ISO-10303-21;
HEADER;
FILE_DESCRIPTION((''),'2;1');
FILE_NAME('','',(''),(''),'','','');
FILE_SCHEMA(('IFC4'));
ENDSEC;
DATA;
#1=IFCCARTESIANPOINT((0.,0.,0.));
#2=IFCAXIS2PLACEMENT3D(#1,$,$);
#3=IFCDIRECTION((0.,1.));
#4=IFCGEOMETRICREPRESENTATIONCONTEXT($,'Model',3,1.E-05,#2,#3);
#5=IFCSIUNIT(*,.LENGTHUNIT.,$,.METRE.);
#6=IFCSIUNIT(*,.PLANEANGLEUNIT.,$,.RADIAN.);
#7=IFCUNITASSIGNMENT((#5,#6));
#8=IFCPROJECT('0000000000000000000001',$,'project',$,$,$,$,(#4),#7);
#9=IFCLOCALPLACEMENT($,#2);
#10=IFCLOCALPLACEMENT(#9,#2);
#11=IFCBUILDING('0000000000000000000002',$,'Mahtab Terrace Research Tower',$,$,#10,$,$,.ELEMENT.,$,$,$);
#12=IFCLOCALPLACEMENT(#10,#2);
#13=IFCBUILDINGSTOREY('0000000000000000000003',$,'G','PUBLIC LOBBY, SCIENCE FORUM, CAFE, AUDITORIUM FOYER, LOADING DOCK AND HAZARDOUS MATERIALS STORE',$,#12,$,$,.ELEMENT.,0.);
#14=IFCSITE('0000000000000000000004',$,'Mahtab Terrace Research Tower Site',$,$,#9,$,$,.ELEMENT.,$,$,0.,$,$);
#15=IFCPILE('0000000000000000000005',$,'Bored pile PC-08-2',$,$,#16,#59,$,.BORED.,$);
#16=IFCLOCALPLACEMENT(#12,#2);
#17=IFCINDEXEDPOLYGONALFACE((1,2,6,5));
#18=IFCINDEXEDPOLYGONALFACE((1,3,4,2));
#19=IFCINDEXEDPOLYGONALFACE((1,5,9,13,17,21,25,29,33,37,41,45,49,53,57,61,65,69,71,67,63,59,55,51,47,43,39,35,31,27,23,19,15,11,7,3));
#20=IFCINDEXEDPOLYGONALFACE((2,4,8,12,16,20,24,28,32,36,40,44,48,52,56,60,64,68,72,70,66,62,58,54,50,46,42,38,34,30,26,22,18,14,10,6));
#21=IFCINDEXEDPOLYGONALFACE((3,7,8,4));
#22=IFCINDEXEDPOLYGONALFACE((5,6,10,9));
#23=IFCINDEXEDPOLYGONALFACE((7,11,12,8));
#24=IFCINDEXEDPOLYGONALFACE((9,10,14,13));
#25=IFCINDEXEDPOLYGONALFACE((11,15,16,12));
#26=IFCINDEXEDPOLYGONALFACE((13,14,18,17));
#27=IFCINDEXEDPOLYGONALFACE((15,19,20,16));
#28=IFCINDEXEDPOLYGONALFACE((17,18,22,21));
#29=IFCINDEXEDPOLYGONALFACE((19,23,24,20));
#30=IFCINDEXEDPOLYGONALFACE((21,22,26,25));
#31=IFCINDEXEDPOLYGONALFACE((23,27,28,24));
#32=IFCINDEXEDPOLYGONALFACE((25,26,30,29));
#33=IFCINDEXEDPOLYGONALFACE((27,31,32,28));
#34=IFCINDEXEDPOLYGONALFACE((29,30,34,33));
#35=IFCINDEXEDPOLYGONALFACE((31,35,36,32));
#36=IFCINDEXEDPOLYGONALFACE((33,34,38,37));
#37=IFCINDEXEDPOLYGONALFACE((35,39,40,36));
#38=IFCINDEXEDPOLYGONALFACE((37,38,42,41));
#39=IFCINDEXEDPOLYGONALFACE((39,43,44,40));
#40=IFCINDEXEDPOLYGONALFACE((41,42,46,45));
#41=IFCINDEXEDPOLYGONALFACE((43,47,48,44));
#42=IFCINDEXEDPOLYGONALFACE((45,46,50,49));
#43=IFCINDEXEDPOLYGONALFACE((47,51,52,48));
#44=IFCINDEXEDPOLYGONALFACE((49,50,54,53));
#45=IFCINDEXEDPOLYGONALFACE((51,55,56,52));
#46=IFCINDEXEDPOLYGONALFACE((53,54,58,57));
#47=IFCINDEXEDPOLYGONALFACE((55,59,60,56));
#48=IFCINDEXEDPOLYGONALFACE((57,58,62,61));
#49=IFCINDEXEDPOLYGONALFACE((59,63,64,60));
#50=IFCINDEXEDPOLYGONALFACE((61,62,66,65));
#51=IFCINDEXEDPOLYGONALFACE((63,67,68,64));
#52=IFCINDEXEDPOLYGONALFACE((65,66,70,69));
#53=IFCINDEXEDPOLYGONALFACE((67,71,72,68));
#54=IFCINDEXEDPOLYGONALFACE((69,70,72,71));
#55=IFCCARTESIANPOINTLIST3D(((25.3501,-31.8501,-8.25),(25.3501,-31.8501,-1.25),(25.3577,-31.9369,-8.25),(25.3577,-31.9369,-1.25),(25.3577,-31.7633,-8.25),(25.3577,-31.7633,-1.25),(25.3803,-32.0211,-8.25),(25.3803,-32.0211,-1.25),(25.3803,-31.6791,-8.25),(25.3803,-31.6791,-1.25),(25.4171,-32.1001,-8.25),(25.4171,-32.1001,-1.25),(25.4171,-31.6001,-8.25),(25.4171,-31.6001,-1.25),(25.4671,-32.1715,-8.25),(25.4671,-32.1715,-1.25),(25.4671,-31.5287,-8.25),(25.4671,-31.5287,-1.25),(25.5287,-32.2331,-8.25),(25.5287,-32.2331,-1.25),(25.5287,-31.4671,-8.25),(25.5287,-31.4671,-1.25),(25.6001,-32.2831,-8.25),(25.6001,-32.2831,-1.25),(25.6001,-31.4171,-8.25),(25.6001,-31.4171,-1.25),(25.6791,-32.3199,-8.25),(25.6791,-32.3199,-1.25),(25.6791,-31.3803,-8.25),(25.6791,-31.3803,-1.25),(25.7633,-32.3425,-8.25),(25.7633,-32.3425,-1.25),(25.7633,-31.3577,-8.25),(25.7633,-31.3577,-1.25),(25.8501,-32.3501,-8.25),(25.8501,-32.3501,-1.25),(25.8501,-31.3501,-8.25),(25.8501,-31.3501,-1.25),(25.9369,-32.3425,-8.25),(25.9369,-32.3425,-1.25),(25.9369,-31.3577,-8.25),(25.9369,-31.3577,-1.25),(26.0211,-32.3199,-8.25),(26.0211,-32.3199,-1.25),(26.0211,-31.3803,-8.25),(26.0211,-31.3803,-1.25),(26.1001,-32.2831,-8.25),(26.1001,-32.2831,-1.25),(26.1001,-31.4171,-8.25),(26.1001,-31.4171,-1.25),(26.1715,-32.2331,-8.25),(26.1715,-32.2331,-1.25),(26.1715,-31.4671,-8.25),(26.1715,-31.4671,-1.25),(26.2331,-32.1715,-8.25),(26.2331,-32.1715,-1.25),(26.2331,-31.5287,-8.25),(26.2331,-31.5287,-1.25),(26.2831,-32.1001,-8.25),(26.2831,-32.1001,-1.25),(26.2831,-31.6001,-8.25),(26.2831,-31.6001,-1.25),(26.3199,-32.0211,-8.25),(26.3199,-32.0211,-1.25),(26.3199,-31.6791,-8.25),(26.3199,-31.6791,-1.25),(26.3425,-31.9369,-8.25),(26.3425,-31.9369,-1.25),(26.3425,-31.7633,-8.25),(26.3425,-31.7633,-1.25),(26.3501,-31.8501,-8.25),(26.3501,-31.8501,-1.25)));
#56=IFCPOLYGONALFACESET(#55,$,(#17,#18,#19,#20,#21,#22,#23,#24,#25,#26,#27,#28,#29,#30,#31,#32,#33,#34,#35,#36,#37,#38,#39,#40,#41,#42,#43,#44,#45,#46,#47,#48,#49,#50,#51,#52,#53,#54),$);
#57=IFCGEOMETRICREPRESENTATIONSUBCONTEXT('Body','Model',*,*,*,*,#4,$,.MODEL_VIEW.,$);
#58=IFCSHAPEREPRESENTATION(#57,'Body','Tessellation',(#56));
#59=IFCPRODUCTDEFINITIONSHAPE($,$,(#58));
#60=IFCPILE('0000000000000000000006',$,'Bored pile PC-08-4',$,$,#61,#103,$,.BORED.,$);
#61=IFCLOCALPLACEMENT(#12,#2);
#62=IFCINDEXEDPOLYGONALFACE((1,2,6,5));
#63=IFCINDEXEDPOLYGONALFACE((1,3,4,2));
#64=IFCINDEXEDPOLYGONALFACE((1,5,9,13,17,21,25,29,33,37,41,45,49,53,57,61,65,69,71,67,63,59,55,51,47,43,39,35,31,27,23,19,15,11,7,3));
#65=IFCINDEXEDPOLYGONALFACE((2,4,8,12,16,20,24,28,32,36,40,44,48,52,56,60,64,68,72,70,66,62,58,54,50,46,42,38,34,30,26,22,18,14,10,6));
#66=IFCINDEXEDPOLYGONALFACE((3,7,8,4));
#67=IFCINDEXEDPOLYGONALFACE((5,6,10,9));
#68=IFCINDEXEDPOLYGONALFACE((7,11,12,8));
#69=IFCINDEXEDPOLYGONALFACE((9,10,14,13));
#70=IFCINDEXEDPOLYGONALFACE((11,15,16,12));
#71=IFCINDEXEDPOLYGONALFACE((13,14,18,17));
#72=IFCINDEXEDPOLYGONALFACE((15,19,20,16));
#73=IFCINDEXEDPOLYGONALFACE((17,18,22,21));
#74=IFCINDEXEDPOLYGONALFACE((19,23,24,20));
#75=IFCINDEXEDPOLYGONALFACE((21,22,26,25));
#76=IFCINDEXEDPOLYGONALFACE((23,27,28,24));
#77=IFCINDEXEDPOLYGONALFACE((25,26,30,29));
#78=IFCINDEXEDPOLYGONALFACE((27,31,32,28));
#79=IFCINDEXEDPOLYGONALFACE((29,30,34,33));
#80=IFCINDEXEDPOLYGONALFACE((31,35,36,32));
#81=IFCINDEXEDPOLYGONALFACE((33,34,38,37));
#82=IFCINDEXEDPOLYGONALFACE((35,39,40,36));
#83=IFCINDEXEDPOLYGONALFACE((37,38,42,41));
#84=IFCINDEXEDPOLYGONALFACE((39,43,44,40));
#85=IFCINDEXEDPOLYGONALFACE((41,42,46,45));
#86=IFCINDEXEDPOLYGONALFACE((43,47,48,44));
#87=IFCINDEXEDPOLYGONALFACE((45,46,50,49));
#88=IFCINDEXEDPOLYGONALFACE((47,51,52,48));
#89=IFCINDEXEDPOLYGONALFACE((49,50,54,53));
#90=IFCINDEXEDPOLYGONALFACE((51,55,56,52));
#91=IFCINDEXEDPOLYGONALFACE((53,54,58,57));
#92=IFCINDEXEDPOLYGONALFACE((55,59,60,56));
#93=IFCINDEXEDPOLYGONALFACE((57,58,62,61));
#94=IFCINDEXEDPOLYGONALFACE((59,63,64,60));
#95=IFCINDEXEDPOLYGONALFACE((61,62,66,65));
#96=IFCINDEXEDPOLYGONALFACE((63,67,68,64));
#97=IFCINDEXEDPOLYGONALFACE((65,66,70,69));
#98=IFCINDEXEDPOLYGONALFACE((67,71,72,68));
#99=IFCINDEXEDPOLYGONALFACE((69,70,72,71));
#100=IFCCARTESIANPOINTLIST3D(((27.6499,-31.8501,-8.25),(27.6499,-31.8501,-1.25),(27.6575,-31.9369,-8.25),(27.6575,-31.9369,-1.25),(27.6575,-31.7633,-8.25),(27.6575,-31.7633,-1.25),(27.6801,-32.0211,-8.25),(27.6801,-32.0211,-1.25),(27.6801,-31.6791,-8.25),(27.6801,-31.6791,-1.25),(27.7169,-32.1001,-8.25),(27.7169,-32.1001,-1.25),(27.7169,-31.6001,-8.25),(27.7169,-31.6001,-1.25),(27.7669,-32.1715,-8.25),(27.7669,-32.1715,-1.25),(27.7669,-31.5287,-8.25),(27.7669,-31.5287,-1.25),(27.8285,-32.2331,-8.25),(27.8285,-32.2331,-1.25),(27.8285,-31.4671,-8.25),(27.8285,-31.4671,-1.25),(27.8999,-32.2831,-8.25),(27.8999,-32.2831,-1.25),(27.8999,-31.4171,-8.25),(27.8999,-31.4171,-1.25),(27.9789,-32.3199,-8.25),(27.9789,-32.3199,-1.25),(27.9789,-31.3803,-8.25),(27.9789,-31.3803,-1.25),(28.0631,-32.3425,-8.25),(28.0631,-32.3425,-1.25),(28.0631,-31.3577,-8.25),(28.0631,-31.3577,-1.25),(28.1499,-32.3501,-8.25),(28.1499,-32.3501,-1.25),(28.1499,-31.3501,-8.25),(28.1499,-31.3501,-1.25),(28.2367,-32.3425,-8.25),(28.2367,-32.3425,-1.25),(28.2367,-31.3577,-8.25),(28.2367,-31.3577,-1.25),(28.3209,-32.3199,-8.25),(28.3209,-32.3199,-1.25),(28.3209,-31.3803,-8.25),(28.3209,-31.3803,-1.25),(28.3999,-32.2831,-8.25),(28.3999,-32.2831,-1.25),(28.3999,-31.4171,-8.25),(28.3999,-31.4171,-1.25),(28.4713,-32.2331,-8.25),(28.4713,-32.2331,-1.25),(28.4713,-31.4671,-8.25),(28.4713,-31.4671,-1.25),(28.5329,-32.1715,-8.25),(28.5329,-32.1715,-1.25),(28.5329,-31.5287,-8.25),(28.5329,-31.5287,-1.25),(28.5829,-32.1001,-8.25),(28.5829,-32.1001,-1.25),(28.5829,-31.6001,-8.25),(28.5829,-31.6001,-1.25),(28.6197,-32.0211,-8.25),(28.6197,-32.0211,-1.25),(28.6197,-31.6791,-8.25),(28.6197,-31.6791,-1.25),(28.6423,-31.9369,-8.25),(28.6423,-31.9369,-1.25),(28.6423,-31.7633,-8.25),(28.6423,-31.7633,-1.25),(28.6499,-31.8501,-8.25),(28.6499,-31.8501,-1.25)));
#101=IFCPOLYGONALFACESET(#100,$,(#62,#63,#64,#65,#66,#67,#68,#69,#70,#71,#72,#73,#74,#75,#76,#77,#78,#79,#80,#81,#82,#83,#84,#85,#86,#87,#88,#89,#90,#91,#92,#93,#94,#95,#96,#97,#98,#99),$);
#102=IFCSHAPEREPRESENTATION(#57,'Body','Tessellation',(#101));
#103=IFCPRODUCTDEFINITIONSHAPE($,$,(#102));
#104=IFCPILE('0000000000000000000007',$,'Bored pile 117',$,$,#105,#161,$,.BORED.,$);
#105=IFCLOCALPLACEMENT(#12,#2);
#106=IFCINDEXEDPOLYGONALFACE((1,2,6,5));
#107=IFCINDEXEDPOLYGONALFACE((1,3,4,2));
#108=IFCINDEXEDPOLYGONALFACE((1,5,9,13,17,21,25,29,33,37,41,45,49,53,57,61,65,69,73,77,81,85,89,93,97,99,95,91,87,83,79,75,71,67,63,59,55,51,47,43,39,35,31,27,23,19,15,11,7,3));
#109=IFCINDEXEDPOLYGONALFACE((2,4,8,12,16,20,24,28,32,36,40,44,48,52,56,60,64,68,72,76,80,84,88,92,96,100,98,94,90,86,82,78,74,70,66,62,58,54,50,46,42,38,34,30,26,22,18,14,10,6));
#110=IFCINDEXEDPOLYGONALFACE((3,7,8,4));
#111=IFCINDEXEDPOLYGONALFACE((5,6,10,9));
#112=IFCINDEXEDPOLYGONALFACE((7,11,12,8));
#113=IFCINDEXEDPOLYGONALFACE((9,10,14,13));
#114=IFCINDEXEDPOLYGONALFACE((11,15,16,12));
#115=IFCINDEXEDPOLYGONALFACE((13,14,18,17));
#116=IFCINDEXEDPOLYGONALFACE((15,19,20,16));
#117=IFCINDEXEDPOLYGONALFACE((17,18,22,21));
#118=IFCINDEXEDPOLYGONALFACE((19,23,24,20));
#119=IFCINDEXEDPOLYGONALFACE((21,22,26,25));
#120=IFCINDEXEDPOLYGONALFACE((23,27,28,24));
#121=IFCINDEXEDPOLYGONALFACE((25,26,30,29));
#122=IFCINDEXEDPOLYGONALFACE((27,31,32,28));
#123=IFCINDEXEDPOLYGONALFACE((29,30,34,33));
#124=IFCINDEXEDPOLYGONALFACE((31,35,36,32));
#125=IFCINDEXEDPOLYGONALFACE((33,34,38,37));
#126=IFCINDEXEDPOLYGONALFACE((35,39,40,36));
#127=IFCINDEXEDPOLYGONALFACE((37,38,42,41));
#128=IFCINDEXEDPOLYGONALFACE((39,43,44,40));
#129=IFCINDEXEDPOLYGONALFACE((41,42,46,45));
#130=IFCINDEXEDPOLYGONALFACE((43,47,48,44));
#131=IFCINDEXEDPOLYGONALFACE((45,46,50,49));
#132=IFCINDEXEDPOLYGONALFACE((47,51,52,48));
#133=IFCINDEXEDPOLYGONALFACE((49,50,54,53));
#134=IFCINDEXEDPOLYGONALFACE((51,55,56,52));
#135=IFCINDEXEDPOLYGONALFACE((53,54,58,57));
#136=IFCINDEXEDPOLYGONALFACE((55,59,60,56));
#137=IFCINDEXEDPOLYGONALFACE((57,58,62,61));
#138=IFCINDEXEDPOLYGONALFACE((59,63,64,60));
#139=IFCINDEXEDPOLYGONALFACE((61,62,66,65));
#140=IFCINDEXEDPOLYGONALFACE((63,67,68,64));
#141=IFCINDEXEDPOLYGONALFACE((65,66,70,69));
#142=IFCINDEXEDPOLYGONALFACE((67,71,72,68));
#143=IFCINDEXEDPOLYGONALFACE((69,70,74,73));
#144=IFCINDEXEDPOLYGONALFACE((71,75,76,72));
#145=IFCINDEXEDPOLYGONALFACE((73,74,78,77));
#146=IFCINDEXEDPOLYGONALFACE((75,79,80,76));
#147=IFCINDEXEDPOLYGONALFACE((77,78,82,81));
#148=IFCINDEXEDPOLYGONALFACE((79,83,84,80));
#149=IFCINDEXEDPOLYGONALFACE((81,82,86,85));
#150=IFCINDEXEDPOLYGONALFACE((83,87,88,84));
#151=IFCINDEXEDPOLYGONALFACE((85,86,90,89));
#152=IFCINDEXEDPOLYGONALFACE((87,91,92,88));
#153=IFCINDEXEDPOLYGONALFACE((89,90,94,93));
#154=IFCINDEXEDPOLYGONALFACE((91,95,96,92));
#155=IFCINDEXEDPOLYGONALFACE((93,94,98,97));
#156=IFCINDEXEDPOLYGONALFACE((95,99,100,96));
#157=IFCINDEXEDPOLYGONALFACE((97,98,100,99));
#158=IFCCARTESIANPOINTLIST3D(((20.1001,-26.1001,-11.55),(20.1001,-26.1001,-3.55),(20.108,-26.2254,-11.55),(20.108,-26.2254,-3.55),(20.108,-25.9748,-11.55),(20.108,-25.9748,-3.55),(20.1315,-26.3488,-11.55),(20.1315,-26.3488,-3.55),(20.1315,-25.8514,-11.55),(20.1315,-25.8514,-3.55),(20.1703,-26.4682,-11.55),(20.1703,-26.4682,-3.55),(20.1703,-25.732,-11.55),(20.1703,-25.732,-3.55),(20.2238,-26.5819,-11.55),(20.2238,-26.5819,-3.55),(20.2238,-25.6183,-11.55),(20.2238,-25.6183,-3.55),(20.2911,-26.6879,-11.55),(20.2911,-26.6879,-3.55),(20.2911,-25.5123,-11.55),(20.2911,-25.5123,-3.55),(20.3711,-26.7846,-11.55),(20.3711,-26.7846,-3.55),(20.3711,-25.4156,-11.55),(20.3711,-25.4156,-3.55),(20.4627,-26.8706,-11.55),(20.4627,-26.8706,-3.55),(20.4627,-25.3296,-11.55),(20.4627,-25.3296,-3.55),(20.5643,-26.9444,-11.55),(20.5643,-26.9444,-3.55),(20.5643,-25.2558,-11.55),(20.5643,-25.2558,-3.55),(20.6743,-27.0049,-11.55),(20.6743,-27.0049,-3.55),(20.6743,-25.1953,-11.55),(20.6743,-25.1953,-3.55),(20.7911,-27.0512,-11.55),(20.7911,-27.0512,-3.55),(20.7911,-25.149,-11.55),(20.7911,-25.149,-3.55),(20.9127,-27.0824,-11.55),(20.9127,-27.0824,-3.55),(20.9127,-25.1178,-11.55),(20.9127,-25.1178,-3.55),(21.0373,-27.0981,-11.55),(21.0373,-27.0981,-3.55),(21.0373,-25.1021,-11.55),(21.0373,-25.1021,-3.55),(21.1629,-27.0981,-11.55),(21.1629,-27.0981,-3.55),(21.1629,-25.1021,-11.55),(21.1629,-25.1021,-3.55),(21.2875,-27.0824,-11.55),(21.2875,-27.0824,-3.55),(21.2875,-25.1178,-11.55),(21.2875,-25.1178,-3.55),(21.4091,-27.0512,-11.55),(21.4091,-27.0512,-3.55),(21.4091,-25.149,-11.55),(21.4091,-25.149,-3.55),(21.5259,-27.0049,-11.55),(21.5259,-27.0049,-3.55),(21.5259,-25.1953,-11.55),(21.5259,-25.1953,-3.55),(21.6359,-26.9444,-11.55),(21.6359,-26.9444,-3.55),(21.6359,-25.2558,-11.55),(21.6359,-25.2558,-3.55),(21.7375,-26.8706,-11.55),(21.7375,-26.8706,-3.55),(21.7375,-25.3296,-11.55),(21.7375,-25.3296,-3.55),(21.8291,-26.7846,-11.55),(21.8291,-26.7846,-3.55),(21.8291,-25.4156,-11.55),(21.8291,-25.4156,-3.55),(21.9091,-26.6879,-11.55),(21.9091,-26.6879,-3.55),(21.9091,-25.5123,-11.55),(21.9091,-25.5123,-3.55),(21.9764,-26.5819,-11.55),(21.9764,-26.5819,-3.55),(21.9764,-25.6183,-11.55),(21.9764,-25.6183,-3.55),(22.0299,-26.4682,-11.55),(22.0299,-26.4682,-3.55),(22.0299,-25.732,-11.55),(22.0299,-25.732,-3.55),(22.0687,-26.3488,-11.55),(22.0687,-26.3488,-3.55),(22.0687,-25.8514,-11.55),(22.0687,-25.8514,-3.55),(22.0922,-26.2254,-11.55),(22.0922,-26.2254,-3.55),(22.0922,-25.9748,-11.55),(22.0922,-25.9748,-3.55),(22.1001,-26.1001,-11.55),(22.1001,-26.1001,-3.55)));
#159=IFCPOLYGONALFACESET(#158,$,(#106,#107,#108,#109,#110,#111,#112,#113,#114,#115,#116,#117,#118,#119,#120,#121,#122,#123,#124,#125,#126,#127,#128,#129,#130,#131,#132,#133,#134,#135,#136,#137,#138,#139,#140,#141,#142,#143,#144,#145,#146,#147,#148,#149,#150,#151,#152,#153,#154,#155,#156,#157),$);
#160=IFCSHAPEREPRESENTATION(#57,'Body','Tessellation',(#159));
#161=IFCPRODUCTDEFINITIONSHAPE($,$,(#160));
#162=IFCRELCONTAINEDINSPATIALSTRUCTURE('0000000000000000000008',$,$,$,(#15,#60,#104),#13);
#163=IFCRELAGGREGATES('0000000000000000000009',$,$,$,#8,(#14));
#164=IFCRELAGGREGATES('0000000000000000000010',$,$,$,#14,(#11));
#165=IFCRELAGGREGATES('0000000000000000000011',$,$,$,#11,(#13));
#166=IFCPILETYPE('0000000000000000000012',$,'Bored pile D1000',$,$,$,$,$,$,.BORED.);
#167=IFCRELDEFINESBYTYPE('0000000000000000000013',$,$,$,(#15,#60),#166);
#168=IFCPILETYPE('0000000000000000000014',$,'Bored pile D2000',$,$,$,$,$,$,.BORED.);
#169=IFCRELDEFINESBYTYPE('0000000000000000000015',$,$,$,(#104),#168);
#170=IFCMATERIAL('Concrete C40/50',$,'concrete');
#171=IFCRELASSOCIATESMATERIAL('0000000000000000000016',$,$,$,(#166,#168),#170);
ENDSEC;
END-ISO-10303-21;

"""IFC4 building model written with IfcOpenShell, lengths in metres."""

from ifc_helpers import new_model, si_unit, direction, frame, origin, origin_2d, place, context, subcontext, project, spatial, circle, extrude, material, material_profile, profile_set, type_object, element, save


model = new_model("IFC4")

# Units and contexts
model_context = context("Model", 3, precision=1e-05, world=origin(), true_north=direction((0.0, 1.0)))
body_context = subcontext(model_context, "Body", "Model", "MODEL_VIEW")
ifc_project = project(units=[si_unit("LENGTHUNIT", "METRE"), si_unit("PLANEANGLEUNIT", "RADIAN")], contexts=[model_context])

# Site, building, storey
site_placement = place(None, origin())
site = spatial("IfcSite", under=ifc_project, at=site_placement, Name="Mahtab Terrace Research Tower Site", CompositionType="ELEMENT", RefElevation=0.0)
building_placement = place(site_placement, origin())
building = spatial("IfcBuilding", under=site, at=building_placement, Name="Mahtab Terrace Research Tower", CompositionType="ELEMENT")
storey_placement = place(building_placement, origin())
storey = spatial("IfcBuildingStorey", under=building, at=storey_placement, Name="G", Description="PUBLIC LOBBY, SCIENCE FORUM, CAFE, AUDITORIUM FOYER, LOADING DOCK AND HAZARDOUS MATERIALS STORE", CompositionType="ELEMENT", Elevation=0.0)

# Piles
ifc_material_1 = material(Name="Concrete C40/50", Category="concrete")
ifc_material_profile_1 = material_profile(ifc_material_1, circle(Radius=0.5, at=origin_2d()), Name="Bored pile D1000")
ifc_profile_set_1 = profile_set([ifc_material_profile_1], Name="Concrete C40/50")
pile_type_1 = type_object("IfcPileType", Name="Bored pile D1000", PredefinedType="BORED", material=ifc_profile_set_1)
for number, where, z_axis, x_axis, name in (
    (1, (25.8501, -31.8501, -1.25), (0.0, 0.0, -1.0), (1.0, 0.0, 0.0), "Bored pile PC-08-2"),
    (2, (28.1499, -31.8501, -1.25), (0.0, 0.0, -1.0), (1.0, 0.0, 0.0), "Bored pile PC-08-4"),
):
    element("IfcPile", number, at=place(storey_placement, frame(where, z_axis=z_axis, x_axis=x_axis)), inside=storey, type_object=pile_type_1, Name=name, PredefinedType="BORED", context=body_context, shape_type="SweptSolid", body=[
        extrude(circle(Radius=0.5, at=origin_2d()), origin(), (0.0, 0.0, 1.0), 7.0),
    ])
ifc_material_profile_2 = material_profile(ifc_material_1, circle(Radius=1.0, at=origin_2d()), Name="Bored pile D2000")
ifc_profile_set_2 = profile_set([ifc_material_profile_2], Name="Concrete C40/50")
pile_type_2 = type_object("IfcPileType", Name="Bored pile D2000", PredefinedType="BORED", material=ifc_profile_set_2)
for number, where, z_axis, x_axis, name in (
    (3, (21.1001, -26.1001, -3.55), (0.0, 0.0, -1.0), (1.0, 0.0, 0.0), "Bored pile 117"),
):
    element("IfcPile", number, at=place(storey_placement, frame(where, z_axis=z_axis, x_axis=x_axis)), inside=storey, type_object=pile_type_2, Name=name, PredefinedType="BORED", context=body_context, shape_type="SweptSolid", body=[
        extrude(circle(Radius=1.0, at=origin_2d()), origin(), (0.0, 0.0, 1.0), 8.0),
    ])

save(model, "model.ifc")
